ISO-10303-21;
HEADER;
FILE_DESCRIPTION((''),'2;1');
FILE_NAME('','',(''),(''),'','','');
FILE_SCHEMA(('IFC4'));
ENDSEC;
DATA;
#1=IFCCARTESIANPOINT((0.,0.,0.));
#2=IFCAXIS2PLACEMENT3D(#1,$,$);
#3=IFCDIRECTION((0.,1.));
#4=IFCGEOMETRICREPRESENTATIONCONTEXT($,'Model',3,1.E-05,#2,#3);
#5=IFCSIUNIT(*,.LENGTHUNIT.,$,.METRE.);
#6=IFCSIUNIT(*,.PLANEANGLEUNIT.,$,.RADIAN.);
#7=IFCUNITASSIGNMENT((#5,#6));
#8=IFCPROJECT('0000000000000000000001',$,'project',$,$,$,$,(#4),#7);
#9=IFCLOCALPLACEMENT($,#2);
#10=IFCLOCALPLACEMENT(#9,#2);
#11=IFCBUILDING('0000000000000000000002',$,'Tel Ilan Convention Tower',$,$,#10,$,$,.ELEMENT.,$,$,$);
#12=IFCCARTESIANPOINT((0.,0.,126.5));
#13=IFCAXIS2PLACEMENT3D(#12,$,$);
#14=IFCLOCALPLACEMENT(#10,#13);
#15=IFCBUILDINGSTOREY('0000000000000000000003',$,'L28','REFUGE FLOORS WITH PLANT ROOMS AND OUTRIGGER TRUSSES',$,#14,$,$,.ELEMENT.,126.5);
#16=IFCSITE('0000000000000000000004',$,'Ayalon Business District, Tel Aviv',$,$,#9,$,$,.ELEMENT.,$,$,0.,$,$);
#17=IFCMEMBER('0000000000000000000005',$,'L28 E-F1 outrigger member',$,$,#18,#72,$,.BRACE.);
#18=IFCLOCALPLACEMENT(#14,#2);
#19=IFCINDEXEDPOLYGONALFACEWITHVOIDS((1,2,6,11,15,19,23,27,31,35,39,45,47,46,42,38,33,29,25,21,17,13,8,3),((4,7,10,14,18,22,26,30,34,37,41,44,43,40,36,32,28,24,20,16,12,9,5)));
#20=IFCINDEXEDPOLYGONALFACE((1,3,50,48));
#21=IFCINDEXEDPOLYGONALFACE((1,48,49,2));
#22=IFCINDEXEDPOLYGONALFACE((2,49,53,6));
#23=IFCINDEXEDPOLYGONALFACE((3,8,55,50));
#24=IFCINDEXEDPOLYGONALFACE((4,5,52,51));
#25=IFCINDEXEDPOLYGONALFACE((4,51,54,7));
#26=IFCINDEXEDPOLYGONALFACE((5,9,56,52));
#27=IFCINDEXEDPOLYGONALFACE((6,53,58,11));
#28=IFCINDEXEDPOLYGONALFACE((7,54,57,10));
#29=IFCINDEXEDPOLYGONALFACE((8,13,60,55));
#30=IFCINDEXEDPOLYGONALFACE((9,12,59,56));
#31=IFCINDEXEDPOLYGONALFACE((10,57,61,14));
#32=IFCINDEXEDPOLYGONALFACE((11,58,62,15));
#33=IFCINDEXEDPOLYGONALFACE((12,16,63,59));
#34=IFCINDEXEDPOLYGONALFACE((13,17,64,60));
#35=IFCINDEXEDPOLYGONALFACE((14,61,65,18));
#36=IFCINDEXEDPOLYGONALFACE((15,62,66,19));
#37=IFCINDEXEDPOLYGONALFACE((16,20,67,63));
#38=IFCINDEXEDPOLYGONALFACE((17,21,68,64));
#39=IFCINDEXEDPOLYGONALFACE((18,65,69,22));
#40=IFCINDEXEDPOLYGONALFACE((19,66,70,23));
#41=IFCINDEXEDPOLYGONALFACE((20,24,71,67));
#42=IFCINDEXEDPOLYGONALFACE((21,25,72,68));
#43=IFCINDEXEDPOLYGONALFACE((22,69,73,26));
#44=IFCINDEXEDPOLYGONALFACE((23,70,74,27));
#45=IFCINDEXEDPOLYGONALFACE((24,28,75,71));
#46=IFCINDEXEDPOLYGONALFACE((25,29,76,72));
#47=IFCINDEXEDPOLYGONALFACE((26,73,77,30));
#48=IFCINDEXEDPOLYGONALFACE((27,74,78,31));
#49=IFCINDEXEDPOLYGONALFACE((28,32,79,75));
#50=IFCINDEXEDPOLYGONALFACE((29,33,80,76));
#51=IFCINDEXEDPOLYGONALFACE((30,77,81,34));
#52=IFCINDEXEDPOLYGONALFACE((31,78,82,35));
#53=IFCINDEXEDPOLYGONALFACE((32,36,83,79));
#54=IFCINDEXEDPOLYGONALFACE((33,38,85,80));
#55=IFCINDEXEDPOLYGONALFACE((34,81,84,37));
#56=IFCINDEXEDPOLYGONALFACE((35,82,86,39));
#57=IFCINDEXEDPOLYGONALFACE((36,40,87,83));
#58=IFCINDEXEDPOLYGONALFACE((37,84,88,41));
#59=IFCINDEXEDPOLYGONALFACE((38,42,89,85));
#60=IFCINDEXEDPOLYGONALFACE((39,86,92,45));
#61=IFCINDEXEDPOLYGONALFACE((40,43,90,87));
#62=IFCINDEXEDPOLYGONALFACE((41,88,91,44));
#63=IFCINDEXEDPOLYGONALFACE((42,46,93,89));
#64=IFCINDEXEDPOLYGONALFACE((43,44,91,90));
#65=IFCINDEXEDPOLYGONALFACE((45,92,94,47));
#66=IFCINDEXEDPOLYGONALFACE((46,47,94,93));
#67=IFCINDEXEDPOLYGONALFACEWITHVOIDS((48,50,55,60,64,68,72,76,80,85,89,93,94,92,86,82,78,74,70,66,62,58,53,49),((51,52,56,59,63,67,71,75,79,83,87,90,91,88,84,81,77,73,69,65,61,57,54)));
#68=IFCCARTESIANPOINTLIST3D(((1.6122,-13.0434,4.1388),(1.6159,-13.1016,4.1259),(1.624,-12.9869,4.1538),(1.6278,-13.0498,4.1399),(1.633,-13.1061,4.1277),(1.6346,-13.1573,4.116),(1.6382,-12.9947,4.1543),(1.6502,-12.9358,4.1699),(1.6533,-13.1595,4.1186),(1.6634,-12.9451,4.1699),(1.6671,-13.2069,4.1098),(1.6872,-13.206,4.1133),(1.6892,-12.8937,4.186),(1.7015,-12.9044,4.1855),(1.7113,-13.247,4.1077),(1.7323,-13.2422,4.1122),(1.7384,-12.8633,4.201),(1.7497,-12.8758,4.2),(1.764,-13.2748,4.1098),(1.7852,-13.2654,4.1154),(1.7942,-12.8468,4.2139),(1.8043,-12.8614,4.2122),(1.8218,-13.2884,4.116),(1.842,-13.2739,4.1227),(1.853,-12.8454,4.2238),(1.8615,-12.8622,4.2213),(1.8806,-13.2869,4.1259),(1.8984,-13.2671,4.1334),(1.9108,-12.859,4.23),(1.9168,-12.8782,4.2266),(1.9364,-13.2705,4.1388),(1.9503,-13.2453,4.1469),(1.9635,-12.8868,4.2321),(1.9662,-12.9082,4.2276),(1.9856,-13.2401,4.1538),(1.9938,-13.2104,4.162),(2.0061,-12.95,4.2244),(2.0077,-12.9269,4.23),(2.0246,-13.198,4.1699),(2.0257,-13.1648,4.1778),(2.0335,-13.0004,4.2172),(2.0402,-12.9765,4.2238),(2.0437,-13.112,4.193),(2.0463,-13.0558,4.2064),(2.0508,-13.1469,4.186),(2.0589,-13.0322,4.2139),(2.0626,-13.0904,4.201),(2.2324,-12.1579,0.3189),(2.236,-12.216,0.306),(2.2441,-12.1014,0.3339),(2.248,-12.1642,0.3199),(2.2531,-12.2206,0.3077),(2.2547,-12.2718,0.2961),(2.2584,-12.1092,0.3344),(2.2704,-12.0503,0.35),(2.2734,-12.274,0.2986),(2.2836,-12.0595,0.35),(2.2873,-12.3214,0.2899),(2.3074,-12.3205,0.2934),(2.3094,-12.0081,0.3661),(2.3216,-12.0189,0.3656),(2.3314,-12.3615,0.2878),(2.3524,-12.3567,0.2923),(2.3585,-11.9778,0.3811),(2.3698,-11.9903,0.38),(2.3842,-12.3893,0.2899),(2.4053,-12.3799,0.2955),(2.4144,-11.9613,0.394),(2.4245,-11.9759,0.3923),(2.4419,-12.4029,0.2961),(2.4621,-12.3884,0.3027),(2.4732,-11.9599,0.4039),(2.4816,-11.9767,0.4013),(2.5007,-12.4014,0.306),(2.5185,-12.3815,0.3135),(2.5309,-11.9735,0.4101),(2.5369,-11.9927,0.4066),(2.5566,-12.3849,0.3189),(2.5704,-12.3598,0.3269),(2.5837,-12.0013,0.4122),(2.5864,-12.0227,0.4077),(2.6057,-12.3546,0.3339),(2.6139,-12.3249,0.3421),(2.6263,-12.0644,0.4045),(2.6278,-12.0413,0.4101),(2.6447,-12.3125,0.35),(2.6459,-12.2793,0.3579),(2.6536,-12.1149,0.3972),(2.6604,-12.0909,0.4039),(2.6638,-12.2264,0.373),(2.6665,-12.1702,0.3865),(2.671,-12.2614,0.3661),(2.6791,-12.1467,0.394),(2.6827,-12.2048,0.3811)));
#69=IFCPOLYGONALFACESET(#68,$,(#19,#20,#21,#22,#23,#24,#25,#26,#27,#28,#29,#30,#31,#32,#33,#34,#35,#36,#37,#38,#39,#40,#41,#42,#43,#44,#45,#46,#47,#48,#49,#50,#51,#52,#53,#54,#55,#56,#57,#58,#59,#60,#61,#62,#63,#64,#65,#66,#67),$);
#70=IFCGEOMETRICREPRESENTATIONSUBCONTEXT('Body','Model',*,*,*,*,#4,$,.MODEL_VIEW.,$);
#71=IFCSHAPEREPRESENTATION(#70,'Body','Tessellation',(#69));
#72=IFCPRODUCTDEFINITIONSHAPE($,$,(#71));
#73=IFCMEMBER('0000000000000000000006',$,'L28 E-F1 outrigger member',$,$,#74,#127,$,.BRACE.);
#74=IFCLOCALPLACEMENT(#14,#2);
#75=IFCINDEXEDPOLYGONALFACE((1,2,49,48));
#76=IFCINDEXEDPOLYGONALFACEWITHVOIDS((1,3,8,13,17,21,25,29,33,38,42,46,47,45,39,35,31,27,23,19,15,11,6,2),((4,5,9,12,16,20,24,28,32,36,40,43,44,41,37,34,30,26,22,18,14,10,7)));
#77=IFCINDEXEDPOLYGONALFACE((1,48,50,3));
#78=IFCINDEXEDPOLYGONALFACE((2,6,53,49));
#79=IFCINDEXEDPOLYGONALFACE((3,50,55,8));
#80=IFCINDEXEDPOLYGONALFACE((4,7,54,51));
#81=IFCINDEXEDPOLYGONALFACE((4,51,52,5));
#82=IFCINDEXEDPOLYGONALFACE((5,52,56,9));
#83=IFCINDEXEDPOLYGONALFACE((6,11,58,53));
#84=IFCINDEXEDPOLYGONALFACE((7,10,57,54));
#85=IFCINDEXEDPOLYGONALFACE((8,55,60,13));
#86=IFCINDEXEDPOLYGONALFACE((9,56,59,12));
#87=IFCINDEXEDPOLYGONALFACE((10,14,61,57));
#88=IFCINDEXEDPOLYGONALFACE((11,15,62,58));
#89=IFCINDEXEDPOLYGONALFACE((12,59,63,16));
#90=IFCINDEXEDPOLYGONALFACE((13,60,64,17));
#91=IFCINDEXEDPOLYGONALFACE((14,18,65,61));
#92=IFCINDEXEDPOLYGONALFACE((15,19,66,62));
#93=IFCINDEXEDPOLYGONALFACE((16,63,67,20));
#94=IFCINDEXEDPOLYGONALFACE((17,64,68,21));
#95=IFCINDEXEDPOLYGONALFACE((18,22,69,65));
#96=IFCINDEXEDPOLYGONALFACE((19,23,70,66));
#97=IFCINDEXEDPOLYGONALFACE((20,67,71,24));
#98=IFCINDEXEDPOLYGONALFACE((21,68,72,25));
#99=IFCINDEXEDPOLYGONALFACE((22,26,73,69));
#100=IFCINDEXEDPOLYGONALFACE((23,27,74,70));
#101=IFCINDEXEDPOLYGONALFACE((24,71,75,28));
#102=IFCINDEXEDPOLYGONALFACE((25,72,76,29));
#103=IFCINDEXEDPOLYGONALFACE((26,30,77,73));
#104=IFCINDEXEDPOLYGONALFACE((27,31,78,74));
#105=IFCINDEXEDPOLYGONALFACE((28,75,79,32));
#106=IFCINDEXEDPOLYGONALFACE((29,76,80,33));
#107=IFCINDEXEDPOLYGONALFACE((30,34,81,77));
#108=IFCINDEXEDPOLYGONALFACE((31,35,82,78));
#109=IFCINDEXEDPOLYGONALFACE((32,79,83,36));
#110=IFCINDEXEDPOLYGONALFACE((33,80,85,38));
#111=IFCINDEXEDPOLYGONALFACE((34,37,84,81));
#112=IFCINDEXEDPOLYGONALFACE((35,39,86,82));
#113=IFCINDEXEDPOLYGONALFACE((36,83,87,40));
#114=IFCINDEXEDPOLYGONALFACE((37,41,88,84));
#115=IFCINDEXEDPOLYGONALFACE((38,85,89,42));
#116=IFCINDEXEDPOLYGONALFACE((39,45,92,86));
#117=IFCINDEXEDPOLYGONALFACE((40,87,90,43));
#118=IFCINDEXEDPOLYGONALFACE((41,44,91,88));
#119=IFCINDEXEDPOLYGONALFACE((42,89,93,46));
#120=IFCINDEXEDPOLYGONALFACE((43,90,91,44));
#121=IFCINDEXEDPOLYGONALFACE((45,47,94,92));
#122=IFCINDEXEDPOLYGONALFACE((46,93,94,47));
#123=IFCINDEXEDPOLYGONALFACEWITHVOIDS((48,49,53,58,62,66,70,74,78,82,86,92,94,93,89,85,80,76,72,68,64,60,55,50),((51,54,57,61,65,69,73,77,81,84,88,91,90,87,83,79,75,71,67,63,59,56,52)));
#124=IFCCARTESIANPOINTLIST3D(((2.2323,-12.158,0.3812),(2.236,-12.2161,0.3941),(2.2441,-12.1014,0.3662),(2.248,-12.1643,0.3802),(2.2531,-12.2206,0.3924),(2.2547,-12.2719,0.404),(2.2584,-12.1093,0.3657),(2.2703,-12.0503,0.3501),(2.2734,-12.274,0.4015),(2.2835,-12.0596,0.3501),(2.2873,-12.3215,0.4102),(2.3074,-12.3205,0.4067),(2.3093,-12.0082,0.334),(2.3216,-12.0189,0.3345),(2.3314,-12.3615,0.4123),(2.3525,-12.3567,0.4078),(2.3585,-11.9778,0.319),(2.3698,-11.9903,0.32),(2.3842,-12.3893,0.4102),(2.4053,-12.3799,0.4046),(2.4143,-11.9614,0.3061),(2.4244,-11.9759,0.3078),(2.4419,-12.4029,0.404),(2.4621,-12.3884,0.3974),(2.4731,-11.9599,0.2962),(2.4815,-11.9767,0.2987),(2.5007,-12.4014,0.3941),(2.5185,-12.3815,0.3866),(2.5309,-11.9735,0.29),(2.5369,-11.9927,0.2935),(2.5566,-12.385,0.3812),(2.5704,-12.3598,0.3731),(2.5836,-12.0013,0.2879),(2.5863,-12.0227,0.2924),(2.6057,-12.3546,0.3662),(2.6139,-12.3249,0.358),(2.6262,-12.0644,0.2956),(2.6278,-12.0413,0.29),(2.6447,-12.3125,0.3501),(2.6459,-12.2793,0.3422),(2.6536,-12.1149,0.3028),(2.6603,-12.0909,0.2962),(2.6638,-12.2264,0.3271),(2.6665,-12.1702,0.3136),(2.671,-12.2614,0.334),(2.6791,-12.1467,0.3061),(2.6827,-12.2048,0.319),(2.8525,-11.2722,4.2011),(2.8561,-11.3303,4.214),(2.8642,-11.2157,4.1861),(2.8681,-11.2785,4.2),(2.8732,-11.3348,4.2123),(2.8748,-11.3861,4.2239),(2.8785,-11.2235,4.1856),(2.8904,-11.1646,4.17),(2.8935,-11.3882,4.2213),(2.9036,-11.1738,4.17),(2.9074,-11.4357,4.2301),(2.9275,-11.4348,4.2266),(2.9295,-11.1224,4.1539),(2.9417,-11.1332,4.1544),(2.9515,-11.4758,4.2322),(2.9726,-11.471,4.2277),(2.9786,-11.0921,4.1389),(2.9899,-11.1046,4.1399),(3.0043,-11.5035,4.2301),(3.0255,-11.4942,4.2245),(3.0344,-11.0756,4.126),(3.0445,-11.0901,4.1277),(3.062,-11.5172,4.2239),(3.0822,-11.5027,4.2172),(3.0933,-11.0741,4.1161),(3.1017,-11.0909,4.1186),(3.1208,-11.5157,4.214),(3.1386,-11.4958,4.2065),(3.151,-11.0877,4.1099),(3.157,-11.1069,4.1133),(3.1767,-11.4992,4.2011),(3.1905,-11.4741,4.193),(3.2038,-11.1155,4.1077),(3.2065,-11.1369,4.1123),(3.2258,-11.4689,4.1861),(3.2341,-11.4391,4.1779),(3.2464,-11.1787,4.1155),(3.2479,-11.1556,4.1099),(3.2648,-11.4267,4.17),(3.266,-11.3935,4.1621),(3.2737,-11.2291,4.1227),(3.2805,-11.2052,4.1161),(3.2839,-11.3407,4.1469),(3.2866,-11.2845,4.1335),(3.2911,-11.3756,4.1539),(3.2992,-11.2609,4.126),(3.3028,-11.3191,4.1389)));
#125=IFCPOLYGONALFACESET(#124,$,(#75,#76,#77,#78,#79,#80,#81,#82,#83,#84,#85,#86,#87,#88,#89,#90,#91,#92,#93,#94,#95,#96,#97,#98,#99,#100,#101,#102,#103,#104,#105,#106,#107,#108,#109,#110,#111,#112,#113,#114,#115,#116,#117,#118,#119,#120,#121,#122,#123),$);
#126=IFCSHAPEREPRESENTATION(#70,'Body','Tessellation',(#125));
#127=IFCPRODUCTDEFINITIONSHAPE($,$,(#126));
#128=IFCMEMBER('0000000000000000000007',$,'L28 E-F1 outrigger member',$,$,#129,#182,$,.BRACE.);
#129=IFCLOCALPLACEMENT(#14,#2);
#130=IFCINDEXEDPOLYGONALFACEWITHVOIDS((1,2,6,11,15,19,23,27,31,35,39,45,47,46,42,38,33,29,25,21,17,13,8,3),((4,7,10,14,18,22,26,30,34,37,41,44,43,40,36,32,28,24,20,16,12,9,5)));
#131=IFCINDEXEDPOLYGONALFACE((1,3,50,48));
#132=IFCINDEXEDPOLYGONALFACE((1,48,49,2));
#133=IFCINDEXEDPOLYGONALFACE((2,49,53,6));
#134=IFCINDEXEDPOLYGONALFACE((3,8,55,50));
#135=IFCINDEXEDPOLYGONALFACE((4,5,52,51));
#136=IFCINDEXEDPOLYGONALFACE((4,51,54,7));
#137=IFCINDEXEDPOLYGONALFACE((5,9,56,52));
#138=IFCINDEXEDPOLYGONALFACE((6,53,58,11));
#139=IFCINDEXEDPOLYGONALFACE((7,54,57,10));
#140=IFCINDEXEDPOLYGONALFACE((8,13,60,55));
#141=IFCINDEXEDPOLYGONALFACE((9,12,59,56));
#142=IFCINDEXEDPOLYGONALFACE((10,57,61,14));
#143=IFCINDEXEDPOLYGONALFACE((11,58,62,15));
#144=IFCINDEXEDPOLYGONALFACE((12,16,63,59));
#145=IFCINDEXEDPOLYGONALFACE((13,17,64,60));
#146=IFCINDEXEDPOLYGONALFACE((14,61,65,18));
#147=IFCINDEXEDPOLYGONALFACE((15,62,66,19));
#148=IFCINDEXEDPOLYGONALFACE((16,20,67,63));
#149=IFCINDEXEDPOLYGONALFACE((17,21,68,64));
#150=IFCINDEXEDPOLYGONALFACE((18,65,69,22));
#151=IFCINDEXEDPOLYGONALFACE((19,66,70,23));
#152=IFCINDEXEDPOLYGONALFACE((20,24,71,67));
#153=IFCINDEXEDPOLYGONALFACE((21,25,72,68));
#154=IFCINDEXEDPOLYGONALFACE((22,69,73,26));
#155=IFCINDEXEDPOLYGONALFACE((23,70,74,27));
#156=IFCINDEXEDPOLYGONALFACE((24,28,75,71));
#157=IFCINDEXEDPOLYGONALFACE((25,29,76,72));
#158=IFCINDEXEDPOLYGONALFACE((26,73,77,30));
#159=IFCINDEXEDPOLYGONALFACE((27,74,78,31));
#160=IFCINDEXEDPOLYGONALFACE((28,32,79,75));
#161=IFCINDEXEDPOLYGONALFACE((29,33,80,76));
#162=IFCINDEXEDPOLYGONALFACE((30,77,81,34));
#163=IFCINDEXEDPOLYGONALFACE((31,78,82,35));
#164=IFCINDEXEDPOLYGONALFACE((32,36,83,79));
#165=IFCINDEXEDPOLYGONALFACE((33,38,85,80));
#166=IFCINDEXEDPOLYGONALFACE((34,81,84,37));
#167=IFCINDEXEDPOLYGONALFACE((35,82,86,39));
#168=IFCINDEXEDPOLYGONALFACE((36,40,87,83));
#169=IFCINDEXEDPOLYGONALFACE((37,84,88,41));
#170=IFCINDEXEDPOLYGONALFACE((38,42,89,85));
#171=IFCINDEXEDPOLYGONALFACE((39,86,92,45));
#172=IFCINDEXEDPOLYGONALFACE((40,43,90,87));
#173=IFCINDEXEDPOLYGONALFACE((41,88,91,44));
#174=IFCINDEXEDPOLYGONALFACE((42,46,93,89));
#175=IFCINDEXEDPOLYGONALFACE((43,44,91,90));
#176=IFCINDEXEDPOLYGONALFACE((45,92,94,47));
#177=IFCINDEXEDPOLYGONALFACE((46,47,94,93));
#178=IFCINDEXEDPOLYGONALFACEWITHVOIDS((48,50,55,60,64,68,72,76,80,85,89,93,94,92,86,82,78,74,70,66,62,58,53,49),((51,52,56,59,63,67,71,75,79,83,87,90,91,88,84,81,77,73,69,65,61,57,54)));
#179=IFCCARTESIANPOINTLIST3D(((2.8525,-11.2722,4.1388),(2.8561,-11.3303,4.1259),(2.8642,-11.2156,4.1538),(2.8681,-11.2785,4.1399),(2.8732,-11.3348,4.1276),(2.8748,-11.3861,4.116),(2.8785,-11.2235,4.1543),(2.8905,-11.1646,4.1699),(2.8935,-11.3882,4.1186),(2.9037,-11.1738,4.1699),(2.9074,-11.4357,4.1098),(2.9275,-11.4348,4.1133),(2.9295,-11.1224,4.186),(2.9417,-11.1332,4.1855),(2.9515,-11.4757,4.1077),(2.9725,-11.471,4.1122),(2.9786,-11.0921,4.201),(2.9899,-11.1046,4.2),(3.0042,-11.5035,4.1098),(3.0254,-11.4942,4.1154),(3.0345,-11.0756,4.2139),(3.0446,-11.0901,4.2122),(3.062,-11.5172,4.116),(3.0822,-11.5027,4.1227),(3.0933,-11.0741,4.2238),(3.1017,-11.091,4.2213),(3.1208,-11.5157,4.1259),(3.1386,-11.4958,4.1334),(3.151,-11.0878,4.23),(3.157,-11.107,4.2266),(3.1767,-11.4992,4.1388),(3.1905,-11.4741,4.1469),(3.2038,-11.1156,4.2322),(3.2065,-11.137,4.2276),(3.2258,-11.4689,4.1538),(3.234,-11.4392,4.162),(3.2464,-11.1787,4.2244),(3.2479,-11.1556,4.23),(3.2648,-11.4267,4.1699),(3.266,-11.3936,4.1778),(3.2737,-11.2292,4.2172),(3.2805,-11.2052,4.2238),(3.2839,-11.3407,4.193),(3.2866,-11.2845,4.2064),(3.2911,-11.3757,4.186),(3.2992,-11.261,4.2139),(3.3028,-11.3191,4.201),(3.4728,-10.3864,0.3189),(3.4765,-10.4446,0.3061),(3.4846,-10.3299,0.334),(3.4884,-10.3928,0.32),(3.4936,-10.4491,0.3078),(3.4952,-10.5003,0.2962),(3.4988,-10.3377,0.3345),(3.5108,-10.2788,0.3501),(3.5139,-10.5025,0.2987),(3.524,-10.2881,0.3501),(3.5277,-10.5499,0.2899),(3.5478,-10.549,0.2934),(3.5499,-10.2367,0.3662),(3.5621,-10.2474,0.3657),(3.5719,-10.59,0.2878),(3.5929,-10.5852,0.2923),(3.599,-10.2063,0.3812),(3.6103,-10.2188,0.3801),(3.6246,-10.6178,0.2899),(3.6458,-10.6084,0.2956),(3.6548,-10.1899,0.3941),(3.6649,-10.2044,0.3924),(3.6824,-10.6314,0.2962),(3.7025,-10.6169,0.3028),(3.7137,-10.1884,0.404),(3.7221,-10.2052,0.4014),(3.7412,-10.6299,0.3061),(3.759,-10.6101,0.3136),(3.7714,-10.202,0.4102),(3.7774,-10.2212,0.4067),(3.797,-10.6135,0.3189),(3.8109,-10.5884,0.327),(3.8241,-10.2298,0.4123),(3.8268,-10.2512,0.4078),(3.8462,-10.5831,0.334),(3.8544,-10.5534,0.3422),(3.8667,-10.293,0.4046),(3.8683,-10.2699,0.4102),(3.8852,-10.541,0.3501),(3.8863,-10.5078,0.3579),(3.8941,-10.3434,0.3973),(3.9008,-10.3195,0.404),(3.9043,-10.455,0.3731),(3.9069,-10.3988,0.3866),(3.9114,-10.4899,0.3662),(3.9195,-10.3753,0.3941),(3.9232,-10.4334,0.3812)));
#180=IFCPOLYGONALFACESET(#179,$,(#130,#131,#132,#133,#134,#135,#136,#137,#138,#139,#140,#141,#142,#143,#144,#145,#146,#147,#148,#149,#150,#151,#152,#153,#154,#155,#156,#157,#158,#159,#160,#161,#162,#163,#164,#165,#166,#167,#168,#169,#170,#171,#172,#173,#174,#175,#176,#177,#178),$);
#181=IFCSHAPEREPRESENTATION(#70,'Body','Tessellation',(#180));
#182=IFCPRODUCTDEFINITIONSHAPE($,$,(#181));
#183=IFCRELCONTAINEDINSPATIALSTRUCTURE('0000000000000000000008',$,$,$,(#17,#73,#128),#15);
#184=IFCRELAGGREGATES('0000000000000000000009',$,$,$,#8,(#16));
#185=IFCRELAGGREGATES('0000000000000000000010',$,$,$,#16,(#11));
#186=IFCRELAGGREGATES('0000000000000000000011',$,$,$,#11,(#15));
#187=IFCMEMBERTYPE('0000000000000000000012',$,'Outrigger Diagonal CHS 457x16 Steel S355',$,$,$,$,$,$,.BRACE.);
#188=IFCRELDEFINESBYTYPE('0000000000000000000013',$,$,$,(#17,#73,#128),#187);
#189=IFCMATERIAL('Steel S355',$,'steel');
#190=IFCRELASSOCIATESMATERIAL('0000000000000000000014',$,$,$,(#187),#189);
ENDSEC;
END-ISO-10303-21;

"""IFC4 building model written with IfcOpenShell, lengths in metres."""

from ifc_helpers import new_model, si_unit, direction, frame, origin, origin_2d, place, context, subcontext, project, spatial, hollow_circle, extrude, material, material_profile, profile_set, type_object, element, save


model = new_model("IFC4")

# Units and contexts
model_context = context("Model", 3, precision=1e-05, world=origin(), true_north=direction((0.0, 1.0)))
body_context = subcontext(model_context, "Body", "Model", "MODEL_VIEW")
ifc_project = project(units=[si_unit("LENGTHUNIT", "METRE"), si_unit("PLANEANGLEUNIT", "RADIAN")], contexts=[model_context])

# Site, building, storey
site_placement = place(None, origin())
site = spatial("IfcSite", under=ifc_project, at=site_placement, Name="Ayalon Business District, Tel Aviv", CompositionType="ELEMENT", RefElevation=0.0)
building_placement = place(site_placement, origin())
building = spatial("IfcBuilding", under=site, at=building_placement, Name="Tel Ilan Convention Tower", CompositionType="ELEMENT")
storey_placement = place(building_placement, frame((0.0, 0.0, 126.5)))
storey = spatial("IfcBuildingStorey", under=building, at=storey_placement, Name="L28", Description="REFUGE FLOORS WITH PLANT ROOMS AND OUTRIGGER TRUSSES", CompositionType="ELEMENT", Elevation=126.5)

# Members
ifc_material_1 = material(Name="Steel S355", Category="steel")
ifc_material_profile_1 = material_profile(ifc_material_1, hollow_circle(Radius=0.2285, WallThickness=0.0161, at=origin_2d()), Name="CHS 457x16")
ifc_profile_set_1 = profile_set([ifc_material_profile_1], Name="Steel S355")
member_type_1 = type_object("IfcMemberType", Name="Outrigger Diagonal CHS 457x16 Steel S355", PredefinedType="BRACE", material=ifc_profile_set_1)
for number, where, z_axis, x_axis, name in (
    (1, (1.8374, -13.0669, 4.1699), (0.156207, 0.223056, -0.962209), (-0.819115, 0.573629, 0.0), "L28 E-F1 outrigger member"),
    (2, (2.4575, -12.1814, 0.3501), (0.156205, 0.223114, 0.962195), (-0.819189, 0.573523, 0.0), "L28 E-F1 outrigger member"),
    (3, (3.0776, -11.2957, 4.1699), (0.156265, 0.223112, -0.962186), (-0.819083, 0.573674, 0.0), "L28 E-F1 outrigger member"),
):
    element("IfcMember", number, at=place(storey_placement, frame(where, z_axis=z_axis, x_axis=x_axis)), inside=storey, type_object=member_type_1, Name=name, PredefinedType="BRACE", context=body_context, shape_type="SweptSolid", body=[
        extrude(hollow_circle(Radius=0.2285, WallThickness=0.0161, at=origin_2d()), origin(), (0.0, 0.0, 1.0), 3.97),
    ])

save(model, "model.ifc")
